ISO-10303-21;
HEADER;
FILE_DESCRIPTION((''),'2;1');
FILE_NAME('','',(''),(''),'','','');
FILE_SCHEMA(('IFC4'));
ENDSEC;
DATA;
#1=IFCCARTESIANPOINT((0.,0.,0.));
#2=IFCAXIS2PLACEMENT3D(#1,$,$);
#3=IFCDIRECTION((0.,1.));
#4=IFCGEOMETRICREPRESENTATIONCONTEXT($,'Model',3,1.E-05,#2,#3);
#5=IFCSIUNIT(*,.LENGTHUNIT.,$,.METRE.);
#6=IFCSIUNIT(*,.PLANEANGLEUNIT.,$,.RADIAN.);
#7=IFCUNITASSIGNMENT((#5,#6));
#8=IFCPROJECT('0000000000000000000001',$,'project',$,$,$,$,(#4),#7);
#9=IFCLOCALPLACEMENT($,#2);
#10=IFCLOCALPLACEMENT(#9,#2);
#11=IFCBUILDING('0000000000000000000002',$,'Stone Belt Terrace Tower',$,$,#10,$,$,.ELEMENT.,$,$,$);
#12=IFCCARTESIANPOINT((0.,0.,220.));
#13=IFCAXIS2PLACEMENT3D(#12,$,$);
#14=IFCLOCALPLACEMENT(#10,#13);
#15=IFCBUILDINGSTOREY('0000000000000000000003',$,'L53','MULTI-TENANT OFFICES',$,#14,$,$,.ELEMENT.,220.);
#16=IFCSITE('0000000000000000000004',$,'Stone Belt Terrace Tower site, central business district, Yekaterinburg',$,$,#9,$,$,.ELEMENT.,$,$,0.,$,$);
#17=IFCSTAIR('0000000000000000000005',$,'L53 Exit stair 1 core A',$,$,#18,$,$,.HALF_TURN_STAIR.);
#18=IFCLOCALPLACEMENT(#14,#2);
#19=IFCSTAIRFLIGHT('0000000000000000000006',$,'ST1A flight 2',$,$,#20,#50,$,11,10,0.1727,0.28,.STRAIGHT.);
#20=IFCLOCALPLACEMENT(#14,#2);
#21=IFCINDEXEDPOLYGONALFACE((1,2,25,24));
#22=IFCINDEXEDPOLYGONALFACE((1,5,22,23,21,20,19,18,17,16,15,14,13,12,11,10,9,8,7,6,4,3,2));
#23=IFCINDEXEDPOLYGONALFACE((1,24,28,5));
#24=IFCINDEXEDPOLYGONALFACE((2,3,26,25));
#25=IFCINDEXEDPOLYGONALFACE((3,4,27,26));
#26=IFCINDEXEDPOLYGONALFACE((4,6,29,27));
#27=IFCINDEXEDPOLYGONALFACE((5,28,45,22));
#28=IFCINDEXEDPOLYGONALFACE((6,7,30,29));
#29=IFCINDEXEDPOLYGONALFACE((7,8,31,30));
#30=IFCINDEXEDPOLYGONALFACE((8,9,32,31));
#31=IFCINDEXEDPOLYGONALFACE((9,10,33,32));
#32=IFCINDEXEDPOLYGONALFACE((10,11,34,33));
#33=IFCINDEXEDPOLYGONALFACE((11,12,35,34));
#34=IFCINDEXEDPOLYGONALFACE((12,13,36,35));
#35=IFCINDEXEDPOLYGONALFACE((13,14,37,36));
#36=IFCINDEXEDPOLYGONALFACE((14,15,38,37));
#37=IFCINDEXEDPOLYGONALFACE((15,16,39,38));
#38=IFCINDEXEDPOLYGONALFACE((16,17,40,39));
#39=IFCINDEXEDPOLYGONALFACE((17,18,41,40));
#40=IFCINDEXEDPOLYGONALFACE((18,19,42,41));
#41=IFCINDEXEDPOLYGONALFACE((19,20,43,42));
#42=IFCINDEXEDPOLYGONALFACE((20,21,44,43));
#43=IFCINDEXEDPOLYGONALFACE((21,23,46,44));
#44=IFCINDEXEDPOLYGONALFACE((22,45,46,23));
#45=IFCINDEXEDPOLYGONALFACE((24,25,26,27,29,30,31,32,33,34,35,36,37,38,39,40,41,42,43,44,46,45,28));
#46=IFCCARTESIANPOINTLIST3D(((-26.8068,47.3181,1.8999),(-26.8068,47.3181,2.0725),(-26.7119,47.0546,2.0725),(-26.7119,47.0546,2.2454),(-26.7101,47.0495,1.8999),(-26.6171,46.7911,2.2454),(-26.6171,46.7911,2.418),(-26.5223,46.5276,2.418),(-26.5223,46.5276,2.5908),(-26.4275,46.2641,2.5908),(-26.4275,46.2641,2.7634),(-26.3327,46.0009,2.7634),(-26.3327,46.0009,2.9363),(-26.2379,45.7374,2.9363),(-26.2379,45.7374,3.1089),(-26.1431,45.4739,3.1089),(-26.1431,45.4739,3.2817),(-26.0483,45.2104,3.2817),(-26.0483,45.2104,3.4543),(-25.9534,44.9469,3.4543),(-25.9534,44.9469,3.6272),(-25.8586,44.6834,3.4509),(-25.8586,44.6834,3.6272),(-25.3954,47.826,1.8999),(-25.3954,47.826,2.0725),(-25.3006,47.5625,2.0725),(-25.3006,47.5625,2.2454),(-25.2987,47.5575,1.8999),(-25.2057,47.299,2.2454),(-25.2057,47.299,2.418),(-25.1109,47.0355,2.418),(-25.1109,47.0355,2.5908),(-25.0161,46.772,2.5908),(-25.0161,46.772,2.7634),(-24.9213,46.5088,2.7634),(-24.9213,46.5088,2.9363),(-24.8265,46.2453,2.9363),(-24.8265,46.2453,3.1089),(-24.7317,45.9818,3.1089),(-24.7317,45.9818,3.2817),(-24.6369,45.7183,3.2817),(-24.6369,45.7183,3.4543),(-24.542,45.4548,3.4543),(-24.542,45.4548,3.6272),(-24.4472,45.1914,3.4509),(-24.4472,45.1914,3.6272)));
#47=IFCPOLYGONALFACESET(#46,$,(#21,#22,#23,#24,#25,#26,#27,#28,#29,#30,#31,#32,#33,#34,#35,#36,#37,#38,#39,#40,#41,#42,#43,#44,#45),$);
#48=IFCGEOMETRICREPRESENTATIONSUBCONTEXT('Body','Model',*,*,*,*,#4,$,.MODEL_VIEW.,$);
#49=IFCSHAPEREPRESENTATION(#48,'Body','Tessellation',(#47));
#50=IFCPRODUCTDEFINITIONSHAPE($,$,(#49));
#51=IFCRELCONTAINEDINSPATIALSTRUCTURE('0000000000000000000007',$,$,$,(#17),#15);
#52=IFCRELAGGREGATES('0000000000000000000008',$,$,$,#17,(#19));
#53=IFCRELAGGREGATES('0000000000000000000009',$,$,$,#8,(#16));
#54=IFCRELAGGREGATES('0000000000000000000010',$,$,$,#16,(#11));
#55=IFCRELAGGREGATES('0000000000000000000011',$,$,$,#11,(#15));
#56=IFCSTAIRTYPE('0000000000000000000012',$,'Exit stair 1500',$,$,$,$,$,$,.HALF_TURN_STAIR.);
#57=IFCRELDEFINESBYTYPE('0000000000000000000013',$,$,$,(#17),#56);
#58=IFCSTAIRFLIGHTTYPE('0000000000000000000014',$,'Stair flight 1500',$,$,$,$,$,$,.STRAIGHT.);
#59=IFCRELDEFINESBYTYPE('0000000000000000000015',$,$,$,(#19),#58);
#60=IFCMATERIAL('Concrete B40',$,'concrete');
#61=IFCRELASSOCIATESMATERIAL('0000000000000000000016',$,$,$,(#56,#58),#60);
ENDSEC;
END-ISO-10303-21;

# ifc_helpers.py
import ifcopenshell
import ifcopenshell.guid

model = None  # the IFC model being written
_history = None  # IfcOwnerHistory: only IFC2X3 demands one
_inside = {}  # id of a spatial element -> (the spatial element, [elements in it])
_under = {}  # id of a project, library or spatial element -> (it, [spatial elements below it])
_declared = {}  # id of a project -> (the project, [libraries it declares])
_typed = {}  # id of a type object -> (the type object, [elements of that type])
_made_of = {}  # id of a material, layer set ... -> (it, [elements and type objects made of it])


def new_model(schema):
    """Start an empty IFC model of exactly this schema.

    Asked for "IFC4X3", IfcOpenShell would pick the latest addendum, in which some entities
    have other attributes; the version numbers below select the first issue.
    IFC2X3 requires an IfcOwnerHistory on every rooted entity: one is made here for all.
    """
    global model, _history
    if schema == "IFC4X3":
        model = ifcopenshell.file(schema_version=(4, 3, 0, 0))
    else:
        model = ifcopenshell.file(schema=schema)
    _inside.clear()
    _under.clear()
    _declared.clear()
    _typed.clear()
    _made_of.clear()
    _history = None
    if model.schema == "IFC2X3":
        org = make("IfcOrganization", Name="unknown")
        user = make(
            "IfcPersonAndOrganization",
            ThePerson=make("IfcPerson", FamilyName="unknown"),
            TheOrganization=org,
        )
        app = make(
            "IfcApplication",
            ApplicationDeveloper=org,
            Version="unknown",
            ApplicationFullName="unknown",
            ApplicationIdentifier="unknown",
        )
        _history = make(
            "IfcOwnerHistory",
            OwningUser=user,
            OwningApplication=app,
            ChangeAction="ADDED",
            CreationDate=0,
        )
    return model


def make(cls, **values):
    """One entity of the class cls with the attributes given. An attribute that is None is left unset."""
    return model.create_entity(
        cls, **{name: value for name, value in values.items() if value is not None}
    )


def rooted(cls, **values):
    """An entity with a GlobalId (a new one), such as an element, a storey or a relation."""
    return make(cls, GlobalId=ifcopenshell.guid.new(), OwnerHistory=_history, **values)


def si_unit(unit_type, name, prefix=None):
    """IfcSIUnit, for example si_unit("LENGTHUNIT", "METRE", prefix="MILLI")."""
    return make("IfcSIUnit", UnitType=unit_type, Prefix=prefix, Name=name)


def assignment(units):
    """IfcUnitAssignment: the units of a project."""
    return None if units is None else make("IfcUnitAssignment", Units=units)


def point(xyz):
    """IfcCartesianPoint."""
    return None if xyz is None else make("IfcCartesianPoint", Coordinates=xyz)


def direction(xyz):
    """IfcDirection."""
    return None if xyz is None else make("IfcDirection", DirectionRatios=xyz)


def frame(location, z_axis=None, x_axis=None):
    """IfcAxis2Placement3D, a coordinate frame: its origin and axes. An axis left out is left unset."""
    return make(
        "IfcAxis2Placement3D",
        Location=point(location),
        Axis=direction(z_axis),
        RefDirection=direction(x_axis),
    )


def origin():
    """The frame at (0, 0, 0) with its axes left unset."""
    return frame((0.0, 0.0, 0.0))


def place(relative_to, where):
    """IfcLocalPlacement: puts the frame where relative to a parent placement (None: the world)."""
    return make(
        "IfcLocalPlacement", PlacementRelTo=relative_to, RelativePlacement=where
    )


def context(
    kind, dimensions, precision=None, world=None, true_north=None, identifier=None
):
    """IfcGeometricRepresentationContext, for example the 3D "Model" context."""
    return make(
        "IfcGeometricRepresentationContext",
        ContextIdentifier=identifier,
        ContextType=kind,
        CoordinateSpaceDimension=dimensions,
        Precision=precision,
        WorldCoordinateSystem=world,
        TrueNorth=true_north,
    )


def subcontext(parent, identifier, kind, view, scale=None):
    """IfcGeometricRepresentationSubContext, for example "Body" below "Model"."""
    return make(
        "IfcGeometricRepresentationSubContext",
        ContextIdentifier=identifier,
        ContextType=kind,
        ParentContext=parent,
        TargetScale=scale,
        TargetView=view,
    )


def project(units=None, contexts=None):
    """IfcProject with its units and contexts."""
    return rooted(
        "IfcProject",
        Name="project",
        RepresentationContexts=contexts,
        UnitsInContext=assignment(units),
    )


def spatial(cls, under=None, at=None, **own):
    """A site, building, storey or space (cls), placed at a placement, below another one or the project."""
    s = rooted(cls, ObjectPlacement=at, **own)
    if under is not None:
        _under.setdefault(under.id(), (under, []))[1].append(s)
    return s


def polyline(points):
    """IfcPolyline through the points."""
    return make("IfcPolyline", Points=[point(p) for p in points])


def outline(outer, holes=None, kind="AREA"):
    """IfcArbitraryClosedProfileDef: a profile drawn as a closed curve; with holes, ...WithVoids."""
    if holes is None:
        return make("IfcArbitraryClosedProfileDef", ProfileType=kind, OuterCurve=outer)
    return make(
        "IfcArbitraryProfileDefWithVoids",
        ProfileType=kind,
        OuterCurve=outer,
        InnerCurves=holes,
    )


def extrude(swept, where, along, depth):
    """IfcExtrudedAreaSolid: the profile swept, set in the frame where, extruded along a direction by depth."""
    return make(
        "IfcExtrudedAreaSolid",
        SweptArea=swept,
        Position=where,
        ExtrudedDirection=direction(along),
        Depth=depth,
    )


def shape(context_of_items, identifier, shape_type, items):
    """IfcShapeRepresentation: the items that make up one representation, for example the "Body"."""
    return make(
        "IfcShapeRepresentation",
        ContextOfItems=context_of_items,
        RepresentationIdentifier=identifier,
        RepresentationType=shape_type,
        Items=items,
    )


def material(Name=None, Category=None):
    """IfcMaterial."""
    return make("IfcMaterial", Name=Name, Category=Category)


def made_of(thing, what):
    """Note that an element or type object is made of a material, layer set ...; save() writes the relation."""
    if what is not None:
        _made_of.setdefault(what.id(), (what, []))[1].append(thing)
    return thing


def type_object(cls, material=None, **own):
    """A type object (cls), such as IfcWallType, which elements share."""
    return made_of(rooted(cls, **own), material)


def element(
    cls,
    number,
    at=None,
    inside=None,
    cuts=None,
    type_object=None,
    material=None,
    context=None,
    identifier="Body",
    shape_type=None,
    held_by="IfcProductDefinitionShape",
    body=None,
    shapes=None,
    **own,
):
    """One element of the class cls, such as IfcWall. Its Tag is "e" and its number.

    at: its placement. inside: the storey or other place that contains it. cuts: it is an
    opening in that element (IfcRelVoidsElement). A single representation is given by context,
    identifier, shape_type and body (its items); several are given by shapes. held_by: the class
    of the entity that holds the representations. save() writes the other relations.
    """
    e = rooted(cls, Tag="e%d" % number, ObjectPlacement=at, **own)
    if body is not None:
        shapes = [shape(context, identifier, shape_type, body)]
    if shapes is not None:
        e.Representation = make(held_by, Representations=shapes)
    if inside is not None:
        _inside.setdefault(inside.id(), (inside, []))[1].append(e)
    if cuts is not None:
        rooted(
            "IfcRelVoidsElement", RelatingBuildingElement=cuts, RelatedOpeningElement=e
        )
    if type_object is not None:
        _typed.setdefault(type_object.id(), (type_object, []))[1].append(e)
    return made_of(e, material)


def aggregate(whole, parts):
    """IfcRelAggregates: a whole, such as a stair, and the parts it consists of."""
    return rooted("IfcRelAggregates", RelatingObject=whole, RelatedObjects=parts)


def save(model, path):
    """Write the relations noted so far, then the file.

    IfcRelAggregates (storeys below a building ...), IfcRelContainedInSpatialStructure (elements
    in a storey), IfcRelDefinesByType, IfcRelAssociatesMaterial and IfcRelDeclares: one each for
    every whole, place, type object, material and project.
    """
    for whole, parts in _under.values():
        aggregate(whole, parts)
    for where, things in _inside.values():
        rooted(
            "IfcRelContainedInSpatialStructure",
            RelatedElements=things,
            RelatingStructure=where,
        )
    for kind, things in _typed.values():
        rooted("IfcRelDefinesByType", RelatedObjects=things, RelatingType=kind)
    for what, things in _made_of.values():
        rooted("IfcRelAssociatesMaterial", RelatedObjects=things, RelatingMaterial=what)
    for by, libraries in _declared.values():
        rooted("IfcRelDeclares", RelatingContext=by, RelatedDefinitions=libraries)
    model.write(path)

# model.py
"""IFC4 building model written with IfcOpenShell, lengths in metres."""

from ifc_helpers import new_model, si_unit, direction, frame, origin, place, context, subcontext, project, spatial, polyline, outline, extrude, material, type_object, element, aggregate, save


model = new_model("IFC4")

# Units and contexts
model_context = context("Model", 3, precision=1e-05, world=origin(), true_north=direction((0.0, 1.0)))
body_context = subcontext(model_context, "Body", "Model", "MODEL_VIEW")
ifc_project = project(units=[si_unit("LENGTHUNIT", "METRE"), si_unit("PLANEANGLEUNIT", "RADIAN")], contexts=[model_context])

# Site, building, storey
site_placement = place(None, origin())
site = spatial("IfcSite", under=ifc_project, at=site_placement, Name="Stone Belt Terrace Tower site, central business district, Yekaterinburg", CompositionType="ELEMENT", RefElevation=0.0)
building_placement = place(site_placement, origin())
building = spatial("IfcBuilding", under=site, at=building_placement, Name="Stone Belt Terrace Tower", CompositionType="ELEMENT")
storey_placement = place(building_placement, frame((0.0, 0.0, 220.0)))
storey = spatial("IfcBuildingStorey", under=building, at=storey_placement, Name="L53", Description="MULTI-TENANT OFFICES", CompositionType="ELEMENT", Elevation=220.0)

# Stair, stair flight
ifc_material_1 = material(Name="Concrete B40", Category="concrete")
stair_type = type_object("IfcStairType", Name="Exit stair 1500", PredefinedType="HALF_TURN_STAIR", material=ifc_material_1)
stair_placement = place(storey_placement, origin())
stair = element("IfcStair", 1, at=stair_placement, inside=storey, type_object=stair_type, Name="L53 Exit stair 1 core A", PredefinedType="HALF_TURN_STAIR")
stair_flight_type = type_object("IfcStairFlightType", Name="Stair flight 1500", PredefinedType="STRAIGHT", material=ifc_material_1)
stair_flight_1_placement = place(storey_placement, frame((-26.1011, 47.572, 1.8999), z_axis=(0.0, 0.0, 1.0), x_axis=(0.338624, -0.940922, 0.0)))
stair_flight_1 = element("IfcStairFlight", 2, at=stair_flight_1_placement, type_object=stair_flight_type, Name="ST1A flight 2", NumberOfRisers=11, NumberOfTreads=10, PredefinedType="STRAIGHT", RiserHeight=0.1727, TreadLength=0.28, context=body_context, shape_type="SweptSolid", body=[
    extrude(outline(polyline([(0.0, 0.0), (0.0, 0.1726), (0.28, 0.1726), (0.28, 0.3455), (0.5601, 0.3455), (0.5601, 0.5181), (0.8401, 0.5181), (0.8401, 0.6909), (1.1201, 0.6909), (1.1201, 0.8635), (1.3999, 0.8635), (1.3999, 1.0364), (1.6799, 1.0364), (1.6799, 1.209), (1.96, 1.209), (1.96, 1.3818), (2.24, 1.3818), (2.24, 1.5544), (2.52, 1.5544), (2.52, 1.7273), (2.8, 1.7273), (2.8, 1.8999), (2.8, 1.551), (0.2854, 0.0), (0.0, 0.0)])), frame((0.0, 0.75, 0.0), z_axis=(0.0, -1.0, 0.0), x_axis=(1.0, 0.0, 0.0)), (0.0, 0.0, 1.0), 1.5),
])
aggregate(stair, [stair_flight_1])

save(model, "model.ifc")
